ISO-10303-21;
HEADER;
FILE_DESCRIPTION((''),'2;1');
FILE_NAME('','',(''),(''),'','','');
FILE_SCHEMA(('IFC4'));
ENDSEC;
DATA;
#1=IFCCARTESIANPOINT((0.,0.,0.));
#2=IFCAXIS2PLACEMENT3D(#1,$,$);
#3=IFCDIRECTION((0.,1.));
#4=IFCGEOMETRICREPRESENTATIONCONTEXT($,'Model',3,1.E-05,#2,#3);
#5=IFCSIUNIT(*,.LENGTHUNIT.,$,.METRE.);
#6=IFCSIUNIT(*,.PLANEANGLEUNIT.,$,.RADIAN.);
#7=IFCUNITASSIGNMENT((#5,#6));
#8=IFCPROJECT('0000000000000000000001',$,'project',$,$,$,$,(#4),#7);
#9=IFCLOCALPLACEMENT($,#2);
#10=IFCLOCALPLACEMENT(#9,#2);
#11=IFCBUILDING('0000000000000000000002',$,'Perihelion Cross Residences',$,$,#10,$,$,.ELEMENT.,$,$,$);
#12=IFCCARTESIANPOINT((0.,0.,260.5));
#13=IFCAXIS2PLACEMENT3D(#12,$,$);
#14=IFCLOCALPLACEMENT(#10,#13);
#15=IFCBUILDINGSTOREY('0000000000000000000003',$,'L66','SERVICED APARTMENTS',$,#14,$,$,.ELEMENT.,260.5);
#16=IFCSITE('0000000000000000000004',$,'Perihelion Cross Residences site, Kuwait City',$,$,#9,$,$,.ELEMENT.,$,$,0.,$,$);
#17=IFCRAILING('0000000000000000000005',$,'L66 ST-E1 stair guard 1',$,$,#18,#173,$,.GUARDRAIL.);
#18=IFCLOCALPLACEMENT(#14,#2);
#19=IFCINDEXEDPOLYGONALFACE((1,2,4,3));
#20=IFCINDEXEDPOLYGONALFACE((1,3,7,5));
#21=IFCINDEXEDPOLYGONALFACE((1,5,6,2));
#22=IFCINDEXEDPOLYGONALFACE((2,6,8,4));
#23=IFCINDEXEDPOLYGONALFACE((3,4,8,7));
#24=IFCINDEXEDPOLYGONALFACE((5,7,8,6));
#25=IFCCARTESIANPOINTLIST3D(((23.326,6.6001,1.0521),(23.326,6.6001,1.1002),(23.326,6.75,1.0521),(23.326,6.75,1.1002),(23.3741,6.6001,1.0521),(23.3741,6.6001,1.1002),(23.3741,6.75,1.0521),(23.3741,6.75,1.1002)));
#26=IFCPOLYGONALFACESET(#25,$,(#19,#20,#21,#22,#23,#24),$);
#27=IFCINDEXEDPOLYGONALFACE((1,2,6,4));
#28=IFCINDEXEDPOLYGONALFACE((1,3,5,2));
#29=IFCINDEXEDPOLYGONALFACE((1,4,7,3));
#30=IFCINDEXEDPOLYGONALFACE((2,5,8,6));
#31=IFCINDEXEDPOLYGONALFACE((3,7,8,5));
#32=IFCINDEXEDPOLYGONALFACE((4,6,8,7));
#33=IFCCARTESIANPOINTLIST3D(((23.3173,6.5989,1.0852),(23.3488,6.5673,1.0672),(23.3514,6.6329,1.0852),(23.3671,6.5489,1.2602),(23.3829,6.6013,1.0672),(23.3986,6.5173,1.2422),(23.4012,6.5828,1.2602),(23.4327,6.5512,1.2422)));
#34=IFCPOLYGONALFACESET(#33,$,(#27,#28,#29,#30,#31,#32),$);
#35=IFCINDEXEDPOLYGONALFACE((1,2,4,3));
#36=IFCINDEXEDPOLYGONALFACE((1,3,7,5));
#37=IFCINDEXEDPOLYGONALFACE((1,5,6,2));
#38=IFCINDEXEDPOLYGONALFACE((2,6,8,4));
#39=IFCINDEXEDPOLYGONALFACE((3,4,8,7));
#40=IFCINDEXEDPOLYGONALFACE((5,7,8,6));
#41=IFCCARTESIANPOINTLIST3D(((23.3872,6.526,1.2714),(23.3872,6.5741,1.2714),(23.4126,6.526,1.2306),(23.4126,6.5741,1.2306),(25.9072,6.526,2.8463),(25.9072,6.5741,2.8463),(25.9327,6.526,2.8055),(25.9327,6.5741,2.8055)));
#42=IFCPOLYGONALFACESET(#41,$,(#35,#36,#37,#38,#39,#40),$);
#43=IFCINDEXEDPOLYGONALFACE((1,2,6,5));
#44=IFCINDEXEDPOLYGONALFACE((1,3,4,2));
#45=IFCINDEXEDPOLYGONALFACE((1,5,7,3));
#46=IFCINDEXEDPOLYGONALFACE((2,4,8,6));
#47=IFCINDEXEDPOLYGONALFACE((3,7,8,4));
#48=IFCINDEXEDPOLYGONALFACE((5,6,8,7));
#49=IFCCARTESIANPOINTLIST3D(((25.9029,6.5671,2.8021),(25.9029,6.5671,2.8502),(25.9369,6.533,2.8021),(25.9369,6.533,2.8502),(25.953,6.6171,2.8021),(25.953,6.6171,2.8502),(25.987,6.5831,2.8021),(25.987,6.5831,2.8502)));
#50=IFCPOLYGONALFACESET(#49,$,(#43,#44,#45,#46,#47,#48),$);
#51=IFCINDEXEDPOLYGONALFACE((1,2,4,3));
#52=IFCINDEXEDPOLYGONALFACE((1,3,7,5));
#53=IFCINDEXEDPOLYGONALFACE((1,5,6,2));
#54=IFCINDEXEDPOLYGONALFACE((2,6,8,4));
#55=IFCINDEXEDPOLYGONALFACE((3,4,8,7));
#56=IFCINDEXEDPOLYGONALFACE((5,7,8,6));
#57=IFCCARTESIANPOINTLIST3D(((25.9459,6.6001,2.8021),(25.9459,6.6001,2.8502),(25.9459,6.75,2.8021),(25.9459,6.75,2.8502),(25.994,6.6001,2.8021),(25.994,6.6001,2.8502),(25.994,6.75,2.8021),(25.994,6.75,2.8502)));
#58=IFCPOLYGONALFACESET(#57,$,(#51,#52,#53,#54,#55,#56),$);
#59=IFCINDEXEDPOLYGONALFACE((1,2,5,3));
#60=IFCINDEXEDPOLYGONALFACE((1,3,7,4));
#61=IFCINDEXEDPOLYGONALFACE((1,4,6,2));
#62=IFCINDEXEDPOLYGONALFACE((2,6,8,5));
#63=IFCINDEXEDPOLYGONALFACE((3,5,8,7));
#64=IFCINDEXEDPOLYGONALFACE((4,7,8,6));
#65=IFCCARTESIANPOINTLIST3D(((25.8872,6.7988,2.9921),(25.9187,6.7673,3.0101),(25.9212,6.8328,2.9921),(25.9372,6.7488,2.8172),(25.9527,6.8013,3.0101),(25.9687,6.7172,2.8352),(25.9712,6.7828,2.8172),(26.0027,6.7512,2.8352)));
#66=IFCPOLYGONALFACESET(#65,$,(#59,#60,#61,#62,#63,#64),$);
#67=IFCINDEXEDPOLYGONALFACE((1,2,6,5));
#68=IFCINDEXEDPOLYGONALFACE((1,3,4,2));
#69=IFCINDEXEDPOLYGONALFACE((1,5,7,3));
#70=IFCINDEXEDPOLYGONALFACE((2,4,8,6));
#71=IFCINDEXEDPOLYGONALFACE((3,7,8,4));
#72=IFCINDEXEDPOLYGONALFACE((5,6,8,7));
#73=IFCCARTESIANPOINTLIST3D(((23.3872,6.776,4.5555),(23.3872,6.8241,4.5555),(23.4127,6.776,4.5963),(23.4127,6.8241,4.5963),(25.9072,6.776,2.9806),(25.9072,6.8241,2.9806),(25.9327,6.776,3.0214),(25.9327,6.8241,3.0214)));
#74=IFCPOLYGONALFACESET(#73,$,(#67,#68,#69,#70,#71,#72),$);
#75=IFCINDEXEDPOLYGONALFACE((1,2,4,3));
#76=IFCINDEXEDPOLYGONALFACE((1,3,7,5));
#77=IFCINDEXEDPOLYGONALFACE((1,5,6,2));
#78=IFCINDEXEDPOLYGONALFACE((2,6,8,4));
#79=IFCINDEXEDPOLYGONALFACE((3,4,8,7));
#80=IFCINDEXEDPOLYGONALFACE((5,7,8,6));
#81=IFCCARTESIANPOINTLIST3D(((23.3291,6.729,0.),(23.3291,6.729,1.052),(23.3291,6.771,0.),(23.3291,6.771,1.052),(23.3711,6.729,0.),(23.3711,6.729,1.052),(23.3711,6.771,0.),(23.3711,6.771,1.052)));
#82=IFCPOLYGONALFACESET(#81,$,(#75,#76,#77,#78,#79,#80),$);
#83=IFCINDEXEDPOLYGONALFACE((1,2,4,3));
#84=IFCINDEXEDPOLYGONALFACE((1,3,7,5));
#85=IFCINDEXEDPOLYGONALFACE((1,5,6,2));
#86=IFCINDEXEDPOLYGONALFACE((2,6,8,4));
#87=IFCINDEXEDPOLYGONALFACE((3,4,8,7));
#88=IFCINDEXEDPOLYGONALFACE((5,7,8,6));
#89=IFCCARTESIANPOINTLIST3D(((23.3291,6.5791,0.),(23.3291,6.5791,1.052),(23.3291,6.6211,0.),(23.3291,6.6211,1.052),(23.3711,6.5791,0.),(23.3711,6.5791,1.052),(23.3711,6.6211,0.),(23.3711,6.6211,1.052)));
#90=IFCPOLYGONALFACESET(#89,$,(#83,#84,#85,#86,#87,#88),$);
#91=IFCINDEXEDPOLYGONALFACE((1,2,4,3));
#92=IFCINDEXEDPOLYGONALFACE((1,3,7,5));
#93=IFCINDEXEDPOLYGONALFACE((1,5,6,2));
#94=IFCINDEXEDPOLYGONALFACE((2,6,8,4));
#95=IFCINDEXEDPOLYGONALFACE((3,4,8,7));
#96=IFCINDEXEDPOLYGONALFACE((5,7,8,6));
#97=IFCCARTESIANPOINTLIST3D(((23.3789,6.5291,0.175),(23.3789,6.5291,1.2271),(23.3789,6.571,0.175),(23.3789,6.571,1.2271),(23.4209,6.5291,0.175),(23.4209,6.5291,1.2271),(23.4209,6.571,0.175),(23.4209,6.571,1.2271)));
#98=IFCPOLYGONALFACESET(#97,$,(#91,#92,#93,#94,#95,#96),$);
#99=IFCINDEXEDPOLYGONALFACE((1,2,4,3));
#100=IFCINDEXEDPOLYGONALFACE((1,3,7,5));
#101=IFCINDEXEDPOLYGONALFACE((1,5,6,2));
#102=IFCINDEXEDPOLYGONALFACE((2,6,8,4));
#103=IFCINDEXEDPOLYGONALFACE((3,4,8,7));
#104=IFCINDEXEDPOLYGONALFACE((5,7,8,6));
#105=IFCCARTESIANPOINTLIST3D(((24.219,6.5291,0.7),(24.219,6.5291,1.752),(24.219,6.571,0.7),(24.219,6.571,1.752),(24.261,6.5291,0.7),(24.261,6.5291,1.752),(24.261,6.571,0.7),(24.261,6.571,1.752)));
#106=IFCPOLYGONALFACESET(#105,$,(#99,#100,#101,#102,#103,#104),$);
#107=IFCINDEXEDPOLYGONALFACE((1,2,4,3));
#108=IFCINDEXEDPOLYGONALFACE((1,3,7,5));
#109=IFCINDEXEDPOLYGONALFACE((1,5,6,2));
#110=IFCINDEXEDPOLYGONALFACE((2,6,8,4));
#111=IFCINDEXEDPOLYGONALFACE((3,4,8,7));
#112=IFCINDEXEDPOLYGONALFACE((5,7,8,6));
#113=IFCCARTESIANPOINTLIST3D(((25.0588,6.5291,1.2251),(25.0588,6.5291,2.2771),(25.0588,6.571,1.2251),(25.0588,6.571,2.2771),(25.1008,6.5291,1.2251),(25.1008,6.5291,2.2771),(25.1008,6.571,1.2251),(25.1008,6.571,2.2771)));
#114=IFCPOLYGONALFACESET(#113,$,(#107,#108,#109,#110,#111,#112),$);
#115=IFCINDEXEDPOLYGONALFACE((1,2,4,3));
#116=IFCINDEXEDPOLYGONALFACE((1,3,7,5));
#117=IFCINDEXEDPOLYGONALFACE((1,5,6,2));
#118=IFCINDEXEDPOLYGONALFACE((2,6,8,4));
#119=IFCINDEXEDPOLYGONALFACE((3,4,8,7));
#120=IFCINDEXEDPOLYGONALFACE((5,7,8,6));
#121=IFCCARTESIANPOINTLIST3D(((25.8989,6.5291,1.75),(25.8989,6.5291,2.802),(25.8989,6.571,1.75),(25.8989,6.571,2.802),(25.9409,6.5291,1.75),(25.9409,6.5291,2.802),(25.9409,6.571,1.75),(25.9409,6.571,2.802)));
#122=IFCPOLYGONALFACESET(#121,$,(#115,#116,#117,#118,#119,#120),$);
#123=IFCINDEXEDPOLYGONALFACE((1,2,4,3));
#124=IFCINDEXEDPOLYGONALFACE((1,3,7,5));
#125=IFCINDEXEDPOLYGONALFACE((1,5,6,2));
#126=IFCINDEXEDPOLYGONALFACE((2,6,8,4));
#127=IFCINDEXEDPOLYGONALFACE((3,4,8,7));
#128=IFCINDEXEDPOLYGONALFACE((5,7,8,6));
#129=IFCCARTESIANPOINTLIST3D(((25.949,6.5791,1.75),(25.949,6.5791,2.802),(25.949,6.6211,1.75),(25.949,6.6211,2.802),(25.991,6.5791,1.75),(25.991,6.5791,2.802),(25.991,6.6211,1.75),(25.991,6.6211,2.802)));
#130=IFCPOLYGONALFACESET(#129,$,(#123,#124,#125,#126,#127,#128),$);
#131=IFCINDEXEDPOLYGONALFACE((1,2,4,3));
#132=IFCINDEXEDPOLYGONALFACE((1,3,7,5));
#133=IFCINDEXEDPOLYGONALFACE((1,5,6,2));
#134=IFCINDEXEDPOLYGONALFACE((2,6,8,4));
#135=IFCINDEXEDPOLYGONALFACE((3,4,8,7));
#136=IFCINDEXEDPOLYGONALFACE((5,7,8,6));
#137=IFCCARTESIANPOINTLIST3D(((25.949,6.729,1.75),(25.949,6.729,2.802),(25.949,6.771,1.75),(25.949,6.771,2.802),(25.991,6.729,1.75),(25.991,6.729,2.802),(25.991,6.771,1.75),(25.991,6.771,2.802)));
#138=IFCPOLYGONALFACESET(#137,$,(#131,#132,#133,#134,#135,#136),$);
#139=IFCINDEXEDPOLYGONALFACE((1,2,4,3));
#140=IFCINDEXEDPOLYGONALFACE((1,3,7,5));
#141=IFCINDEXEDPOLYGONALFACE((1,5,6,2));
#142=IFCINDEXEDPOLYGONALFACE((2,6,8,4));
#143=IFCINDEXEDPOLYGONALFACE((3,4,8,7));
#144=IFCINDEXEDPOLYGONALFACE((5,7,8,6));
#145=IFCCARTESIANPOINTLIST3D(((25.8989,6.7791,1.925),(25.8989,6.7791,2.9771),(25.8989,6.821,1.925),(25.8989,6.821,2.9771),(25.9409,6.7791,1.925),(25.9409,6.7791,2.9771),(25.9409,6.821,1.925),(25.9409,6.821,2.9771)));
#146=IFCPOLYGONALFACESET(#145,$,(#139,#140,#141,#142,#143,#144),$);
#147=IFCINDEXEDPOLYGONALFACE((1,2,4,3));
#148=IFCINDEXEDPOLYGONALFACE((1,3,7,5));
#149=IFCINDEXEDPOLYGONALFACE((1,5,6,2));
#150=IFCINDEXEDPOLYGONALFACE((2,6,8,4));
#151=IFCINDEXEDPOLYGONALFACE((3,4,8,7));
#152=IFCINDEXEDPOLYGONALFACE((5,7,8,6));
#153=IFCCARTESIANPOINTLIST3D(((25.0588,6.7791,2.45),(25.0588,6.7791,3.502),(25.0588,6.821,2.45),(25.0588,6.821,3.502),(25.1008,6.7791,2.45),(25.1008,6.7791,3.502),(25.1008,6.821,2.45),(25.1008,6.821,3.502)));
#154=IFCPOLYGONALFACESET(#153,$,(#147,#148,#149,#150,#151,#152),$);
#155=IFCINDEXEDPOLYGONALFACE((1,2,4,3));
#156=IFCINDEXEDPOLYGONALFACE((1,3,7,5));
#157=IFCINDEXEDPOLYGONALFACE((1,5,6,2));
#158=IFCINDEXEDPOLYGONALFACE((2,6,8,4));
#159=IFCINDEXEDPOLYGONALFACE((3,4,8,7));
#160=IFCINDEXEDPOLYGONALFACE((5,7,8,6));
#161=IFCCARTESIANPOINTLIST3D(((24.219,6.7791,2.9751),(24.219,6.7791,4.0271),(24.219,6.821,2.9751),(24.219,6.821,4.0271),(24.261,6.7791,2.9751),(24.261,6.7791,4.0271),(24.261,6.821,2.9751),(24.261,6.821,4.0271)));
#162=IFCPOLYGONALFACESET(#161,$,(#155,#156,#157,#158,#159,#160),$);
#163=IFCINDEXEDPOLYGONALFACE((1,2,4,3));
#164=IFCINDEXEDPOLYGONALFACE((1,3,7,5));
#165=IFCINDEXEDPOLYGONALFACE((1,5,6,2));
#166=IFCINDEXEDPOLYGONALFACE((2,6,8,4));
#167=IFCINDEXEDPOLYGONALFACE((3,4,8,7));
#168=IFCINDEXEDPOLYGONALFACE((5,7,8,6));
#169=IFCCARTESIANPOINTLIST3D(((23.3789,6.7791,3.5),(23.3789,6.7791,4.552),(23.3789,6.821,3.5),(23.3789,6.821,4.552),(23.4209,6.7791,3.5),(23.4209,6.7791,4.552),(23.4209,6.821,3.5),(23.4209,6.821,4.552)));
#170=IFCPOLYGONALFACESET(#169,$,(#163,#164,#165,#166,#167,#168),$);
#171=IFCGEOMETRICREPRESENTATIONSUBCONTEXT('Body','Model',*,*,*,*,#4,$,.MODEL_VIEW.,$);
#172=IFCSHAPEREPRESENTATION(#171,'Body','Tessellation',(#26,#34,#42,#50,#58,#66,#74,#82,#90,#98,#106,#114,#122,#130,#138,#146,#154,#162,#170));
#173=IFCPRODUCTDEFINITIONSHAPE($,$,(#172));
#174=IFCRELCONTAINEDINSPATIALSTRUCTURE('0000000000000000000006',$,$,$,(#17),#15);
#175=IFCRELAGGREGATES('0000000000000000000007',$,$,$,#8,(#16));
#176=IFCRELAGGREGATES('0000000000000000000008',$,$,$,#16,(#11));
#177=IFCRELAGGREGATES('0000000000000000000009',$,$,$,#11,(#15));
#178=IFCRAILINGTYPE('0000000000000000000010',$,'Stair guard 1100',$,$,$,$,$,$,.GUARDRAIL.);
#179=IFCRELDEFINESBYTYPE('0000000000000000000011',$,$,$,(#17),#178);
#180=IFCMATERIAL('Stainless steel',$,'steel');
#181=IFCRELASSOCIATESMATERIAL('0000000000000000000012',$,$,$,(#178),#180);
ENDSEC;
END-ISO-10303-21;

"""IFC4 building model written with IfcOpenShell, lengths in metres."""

from ifc_helpers import new_model, si_unit, direction, frame, origin, origin_2d, place, context, subcontext, project, spatial, rectangle, extrude, material, type_object, element, save


model = new_model("IFC4")

# Units and contexts
model_context = context("Model", 3, precision=1e-05, world=origin(), true_north=direction((0.0, 1.0)))
body_context = subcontext(model_context, "Body", "Model", "MODEL_VIEW")
ifc_project = project(units=[si_unit("LENGTHUNIT", "METRE"), si_unit("PLANEANGLEUNIT", "RADIAN")], contexts=[model_context])

# Site, building, storey
site_placement = place(None, origin())
site = spatial("IfcSite", under=ifc_project, at=site_placement, Name="Perihelion Cross Residences site, Kuwait City", CompositionType="ELEMENT", RefElevation=0.0)
building_placement = place(site_placement, origin())
building = spatial("IfcBuilding", under=site, at=building_placement, Name="Perihelion Cross Residences", CompositionType="ELEMENT")
storey_placement = place(building_placement, frame((0.0, 0.0, 260.5)))
storey = spatial("IfcBuildingStorey", under=building, at=storey_placement, Name="L66", Description="SERVICED APARTMENTS", CompositionType="ELEMENT", Elevation=260.5)

# Railing
ifc_material_1 = material(Name="Stainless steel", Category="steel")
railing_type_1 = type_object("IfcRailingType", Name="Stair guard 1100", PredefinedType="GUARDRAIL", material=ifc_material_1)
railing_1_placement = place(storey_placement, frame((23.3501, 6.75, 0.0)))
element("IfcRailing", 1, at=railing_1_placement, inside=storey, type_object=railing_type_1, Name="L66 ST-E1 stair guard 1", PredefinedType="GUARDRAIL", context=body_context, shape_type="SweptSolid", body=[
    extrude(rectangle(XDim=0.0481, YDim=0.0481, at=origin_2d()), frame((0.0, 0.0, 1.0762), z_axis=(0.0, -1.0, 0.0), x_axis=(1.0, 0.0, 0.0)), (0.0, 0.0, 1.0), 0.1499),
    extrude(rectangle(XDim=0.0481, YDim=0.0481, at=origin_2d()), frame((0.0, -0.1499, 1.0762), z_axis=(0.263862, -0.265156, 0.927399), x_axis=(0.708834, 0.705376, 0.0)), (0.0, 0.0, 1.0), 0.1887),
    extrude(rectangle(XDim=0.0481, YDim=0.0481, at=origin_2d()), frame((0.0498, -0.2, 1.251), z_axis=(0.848008, 0.0, 0.529984), x_axis=(0.0, 1.0, 0.0)), (0.0, 0.0, 1.0), 2.9717),
    extrude(rectangle(XDim=0.0481, YDim=0.0481, at=origin_2d()), frame((2.5698, -0.2, 2.8262), z_axis=(0.707107, 0.707107, 0.0), x_axis=(-0.707107, 0.707107, 0.0)), (0.0, 0.0, 1.0), 0.0708),
    extrude(rectangle(XDim=0.0481, YDim=0.0481, at=origin_2d()), frame((2.6199, -0.1499, 2.8262), z_axis=(0.0, 1.0, 0.0), x_axis=(-1.0, 0.0, 0.0)), (0.0, 0.0, 1.0), 0.1499),
    extrude(rectangle(XDim=0.0481, YDim=0.0481, at=origin_2d()), frame((2.6199, 0.0, 2.8262), z_axis=(-0.265065, 0.265065, 0.927082), x_axis=(-0.707107, -0.707107, 0.0)), (0.0, 0.0, 1.0), 0.1887),
    extrude(rectangle(XDim=0.0481, YDim=0.0481, at=origin_2d()), frame((2.5698, 0.05, 3.001), z_axis=(-0.848008, 0.0, 0.529984), x_axis=(0.0, -1.0, 0.0)), (0.0, 0.0, 1.0), 2.9717),
    extrude(rectangle(XDim=0.042, YDim=0.042, at=origin_2d()), origin(), (0.0, 0.0, 1.0), 1.052),
    extrude(rectangle(XDim=0.042, YDim=0.042, at=origin_2d()), frame((0.0, -0.1499, 0.0)), (0.0, 0.0, 1.0), 1.052),
    extrude(rectangle(XDim=0.042, YDim=0.042, at=origin_2d()), frame((0.0498, -0.2, 0.175)), (0.0, 0.0, 1.0), 1.052),
    extrude(rectangle(XDim=0.042, YDim=0.042, at=origin_2d()), frame((0.8899, -0.2, 0.7)), (0.0, 0.0, 1.0), 1.052),
    extrude(rectangle(XDim=0.042, YDim=0.042, at=origin_2d()), frame((1.7297, -0.2, 1.2251)), (0.0, 0.0, 1.0), 1.052),
    extrude(rectangle(XDim=0.042, YDim=0.042, at=origin_2d()), frame((2.5698, -0.2, 1.75)), (0.0, 0.0, 1.0), 1.052),
    extrude(rectangle(XDim=0.042, YDim=0.042, at=origin_2d()), frame((2.6199, -0.1499, 1.75)), (0.0, 0.0, 1.0), 1.052),
    extrude(rectangle(XDim=0.042, YDim=0.042, at=origin_2d()), frame((2.6199, 0.0, 1.75)), (0.0, 0.0, 1.0), 1.052),
    extrude(rectangle(XDim=0.042, YDim=0.042, at=origin_2d()), frame((2.5698, 0.05, 1.925)), (0.0, 0.0, 1.0), 1.052),
    extrude(rectangle(XDim=0.042, YDim=0.042, at=origin_2d()), frame((1.7297, 0.05, 2.45)), (0.0, 0.0, 1.0), 1.052),
    extrude(rectangle(XDim=0.042, YDim=0.042, at=origin_2d()), frame((0.8899, 0.05, 2.9751)), (0.0, 0.0, 1.0), 1.052),
    extrude(rectangle(XDim=0.042, YDim=0.042, at=origin_2d()), frame((0.0498, 0.05, 3.5)), (0.0, 0.0, 1.0), 1.052),
])

save(model, "model.ifc")
